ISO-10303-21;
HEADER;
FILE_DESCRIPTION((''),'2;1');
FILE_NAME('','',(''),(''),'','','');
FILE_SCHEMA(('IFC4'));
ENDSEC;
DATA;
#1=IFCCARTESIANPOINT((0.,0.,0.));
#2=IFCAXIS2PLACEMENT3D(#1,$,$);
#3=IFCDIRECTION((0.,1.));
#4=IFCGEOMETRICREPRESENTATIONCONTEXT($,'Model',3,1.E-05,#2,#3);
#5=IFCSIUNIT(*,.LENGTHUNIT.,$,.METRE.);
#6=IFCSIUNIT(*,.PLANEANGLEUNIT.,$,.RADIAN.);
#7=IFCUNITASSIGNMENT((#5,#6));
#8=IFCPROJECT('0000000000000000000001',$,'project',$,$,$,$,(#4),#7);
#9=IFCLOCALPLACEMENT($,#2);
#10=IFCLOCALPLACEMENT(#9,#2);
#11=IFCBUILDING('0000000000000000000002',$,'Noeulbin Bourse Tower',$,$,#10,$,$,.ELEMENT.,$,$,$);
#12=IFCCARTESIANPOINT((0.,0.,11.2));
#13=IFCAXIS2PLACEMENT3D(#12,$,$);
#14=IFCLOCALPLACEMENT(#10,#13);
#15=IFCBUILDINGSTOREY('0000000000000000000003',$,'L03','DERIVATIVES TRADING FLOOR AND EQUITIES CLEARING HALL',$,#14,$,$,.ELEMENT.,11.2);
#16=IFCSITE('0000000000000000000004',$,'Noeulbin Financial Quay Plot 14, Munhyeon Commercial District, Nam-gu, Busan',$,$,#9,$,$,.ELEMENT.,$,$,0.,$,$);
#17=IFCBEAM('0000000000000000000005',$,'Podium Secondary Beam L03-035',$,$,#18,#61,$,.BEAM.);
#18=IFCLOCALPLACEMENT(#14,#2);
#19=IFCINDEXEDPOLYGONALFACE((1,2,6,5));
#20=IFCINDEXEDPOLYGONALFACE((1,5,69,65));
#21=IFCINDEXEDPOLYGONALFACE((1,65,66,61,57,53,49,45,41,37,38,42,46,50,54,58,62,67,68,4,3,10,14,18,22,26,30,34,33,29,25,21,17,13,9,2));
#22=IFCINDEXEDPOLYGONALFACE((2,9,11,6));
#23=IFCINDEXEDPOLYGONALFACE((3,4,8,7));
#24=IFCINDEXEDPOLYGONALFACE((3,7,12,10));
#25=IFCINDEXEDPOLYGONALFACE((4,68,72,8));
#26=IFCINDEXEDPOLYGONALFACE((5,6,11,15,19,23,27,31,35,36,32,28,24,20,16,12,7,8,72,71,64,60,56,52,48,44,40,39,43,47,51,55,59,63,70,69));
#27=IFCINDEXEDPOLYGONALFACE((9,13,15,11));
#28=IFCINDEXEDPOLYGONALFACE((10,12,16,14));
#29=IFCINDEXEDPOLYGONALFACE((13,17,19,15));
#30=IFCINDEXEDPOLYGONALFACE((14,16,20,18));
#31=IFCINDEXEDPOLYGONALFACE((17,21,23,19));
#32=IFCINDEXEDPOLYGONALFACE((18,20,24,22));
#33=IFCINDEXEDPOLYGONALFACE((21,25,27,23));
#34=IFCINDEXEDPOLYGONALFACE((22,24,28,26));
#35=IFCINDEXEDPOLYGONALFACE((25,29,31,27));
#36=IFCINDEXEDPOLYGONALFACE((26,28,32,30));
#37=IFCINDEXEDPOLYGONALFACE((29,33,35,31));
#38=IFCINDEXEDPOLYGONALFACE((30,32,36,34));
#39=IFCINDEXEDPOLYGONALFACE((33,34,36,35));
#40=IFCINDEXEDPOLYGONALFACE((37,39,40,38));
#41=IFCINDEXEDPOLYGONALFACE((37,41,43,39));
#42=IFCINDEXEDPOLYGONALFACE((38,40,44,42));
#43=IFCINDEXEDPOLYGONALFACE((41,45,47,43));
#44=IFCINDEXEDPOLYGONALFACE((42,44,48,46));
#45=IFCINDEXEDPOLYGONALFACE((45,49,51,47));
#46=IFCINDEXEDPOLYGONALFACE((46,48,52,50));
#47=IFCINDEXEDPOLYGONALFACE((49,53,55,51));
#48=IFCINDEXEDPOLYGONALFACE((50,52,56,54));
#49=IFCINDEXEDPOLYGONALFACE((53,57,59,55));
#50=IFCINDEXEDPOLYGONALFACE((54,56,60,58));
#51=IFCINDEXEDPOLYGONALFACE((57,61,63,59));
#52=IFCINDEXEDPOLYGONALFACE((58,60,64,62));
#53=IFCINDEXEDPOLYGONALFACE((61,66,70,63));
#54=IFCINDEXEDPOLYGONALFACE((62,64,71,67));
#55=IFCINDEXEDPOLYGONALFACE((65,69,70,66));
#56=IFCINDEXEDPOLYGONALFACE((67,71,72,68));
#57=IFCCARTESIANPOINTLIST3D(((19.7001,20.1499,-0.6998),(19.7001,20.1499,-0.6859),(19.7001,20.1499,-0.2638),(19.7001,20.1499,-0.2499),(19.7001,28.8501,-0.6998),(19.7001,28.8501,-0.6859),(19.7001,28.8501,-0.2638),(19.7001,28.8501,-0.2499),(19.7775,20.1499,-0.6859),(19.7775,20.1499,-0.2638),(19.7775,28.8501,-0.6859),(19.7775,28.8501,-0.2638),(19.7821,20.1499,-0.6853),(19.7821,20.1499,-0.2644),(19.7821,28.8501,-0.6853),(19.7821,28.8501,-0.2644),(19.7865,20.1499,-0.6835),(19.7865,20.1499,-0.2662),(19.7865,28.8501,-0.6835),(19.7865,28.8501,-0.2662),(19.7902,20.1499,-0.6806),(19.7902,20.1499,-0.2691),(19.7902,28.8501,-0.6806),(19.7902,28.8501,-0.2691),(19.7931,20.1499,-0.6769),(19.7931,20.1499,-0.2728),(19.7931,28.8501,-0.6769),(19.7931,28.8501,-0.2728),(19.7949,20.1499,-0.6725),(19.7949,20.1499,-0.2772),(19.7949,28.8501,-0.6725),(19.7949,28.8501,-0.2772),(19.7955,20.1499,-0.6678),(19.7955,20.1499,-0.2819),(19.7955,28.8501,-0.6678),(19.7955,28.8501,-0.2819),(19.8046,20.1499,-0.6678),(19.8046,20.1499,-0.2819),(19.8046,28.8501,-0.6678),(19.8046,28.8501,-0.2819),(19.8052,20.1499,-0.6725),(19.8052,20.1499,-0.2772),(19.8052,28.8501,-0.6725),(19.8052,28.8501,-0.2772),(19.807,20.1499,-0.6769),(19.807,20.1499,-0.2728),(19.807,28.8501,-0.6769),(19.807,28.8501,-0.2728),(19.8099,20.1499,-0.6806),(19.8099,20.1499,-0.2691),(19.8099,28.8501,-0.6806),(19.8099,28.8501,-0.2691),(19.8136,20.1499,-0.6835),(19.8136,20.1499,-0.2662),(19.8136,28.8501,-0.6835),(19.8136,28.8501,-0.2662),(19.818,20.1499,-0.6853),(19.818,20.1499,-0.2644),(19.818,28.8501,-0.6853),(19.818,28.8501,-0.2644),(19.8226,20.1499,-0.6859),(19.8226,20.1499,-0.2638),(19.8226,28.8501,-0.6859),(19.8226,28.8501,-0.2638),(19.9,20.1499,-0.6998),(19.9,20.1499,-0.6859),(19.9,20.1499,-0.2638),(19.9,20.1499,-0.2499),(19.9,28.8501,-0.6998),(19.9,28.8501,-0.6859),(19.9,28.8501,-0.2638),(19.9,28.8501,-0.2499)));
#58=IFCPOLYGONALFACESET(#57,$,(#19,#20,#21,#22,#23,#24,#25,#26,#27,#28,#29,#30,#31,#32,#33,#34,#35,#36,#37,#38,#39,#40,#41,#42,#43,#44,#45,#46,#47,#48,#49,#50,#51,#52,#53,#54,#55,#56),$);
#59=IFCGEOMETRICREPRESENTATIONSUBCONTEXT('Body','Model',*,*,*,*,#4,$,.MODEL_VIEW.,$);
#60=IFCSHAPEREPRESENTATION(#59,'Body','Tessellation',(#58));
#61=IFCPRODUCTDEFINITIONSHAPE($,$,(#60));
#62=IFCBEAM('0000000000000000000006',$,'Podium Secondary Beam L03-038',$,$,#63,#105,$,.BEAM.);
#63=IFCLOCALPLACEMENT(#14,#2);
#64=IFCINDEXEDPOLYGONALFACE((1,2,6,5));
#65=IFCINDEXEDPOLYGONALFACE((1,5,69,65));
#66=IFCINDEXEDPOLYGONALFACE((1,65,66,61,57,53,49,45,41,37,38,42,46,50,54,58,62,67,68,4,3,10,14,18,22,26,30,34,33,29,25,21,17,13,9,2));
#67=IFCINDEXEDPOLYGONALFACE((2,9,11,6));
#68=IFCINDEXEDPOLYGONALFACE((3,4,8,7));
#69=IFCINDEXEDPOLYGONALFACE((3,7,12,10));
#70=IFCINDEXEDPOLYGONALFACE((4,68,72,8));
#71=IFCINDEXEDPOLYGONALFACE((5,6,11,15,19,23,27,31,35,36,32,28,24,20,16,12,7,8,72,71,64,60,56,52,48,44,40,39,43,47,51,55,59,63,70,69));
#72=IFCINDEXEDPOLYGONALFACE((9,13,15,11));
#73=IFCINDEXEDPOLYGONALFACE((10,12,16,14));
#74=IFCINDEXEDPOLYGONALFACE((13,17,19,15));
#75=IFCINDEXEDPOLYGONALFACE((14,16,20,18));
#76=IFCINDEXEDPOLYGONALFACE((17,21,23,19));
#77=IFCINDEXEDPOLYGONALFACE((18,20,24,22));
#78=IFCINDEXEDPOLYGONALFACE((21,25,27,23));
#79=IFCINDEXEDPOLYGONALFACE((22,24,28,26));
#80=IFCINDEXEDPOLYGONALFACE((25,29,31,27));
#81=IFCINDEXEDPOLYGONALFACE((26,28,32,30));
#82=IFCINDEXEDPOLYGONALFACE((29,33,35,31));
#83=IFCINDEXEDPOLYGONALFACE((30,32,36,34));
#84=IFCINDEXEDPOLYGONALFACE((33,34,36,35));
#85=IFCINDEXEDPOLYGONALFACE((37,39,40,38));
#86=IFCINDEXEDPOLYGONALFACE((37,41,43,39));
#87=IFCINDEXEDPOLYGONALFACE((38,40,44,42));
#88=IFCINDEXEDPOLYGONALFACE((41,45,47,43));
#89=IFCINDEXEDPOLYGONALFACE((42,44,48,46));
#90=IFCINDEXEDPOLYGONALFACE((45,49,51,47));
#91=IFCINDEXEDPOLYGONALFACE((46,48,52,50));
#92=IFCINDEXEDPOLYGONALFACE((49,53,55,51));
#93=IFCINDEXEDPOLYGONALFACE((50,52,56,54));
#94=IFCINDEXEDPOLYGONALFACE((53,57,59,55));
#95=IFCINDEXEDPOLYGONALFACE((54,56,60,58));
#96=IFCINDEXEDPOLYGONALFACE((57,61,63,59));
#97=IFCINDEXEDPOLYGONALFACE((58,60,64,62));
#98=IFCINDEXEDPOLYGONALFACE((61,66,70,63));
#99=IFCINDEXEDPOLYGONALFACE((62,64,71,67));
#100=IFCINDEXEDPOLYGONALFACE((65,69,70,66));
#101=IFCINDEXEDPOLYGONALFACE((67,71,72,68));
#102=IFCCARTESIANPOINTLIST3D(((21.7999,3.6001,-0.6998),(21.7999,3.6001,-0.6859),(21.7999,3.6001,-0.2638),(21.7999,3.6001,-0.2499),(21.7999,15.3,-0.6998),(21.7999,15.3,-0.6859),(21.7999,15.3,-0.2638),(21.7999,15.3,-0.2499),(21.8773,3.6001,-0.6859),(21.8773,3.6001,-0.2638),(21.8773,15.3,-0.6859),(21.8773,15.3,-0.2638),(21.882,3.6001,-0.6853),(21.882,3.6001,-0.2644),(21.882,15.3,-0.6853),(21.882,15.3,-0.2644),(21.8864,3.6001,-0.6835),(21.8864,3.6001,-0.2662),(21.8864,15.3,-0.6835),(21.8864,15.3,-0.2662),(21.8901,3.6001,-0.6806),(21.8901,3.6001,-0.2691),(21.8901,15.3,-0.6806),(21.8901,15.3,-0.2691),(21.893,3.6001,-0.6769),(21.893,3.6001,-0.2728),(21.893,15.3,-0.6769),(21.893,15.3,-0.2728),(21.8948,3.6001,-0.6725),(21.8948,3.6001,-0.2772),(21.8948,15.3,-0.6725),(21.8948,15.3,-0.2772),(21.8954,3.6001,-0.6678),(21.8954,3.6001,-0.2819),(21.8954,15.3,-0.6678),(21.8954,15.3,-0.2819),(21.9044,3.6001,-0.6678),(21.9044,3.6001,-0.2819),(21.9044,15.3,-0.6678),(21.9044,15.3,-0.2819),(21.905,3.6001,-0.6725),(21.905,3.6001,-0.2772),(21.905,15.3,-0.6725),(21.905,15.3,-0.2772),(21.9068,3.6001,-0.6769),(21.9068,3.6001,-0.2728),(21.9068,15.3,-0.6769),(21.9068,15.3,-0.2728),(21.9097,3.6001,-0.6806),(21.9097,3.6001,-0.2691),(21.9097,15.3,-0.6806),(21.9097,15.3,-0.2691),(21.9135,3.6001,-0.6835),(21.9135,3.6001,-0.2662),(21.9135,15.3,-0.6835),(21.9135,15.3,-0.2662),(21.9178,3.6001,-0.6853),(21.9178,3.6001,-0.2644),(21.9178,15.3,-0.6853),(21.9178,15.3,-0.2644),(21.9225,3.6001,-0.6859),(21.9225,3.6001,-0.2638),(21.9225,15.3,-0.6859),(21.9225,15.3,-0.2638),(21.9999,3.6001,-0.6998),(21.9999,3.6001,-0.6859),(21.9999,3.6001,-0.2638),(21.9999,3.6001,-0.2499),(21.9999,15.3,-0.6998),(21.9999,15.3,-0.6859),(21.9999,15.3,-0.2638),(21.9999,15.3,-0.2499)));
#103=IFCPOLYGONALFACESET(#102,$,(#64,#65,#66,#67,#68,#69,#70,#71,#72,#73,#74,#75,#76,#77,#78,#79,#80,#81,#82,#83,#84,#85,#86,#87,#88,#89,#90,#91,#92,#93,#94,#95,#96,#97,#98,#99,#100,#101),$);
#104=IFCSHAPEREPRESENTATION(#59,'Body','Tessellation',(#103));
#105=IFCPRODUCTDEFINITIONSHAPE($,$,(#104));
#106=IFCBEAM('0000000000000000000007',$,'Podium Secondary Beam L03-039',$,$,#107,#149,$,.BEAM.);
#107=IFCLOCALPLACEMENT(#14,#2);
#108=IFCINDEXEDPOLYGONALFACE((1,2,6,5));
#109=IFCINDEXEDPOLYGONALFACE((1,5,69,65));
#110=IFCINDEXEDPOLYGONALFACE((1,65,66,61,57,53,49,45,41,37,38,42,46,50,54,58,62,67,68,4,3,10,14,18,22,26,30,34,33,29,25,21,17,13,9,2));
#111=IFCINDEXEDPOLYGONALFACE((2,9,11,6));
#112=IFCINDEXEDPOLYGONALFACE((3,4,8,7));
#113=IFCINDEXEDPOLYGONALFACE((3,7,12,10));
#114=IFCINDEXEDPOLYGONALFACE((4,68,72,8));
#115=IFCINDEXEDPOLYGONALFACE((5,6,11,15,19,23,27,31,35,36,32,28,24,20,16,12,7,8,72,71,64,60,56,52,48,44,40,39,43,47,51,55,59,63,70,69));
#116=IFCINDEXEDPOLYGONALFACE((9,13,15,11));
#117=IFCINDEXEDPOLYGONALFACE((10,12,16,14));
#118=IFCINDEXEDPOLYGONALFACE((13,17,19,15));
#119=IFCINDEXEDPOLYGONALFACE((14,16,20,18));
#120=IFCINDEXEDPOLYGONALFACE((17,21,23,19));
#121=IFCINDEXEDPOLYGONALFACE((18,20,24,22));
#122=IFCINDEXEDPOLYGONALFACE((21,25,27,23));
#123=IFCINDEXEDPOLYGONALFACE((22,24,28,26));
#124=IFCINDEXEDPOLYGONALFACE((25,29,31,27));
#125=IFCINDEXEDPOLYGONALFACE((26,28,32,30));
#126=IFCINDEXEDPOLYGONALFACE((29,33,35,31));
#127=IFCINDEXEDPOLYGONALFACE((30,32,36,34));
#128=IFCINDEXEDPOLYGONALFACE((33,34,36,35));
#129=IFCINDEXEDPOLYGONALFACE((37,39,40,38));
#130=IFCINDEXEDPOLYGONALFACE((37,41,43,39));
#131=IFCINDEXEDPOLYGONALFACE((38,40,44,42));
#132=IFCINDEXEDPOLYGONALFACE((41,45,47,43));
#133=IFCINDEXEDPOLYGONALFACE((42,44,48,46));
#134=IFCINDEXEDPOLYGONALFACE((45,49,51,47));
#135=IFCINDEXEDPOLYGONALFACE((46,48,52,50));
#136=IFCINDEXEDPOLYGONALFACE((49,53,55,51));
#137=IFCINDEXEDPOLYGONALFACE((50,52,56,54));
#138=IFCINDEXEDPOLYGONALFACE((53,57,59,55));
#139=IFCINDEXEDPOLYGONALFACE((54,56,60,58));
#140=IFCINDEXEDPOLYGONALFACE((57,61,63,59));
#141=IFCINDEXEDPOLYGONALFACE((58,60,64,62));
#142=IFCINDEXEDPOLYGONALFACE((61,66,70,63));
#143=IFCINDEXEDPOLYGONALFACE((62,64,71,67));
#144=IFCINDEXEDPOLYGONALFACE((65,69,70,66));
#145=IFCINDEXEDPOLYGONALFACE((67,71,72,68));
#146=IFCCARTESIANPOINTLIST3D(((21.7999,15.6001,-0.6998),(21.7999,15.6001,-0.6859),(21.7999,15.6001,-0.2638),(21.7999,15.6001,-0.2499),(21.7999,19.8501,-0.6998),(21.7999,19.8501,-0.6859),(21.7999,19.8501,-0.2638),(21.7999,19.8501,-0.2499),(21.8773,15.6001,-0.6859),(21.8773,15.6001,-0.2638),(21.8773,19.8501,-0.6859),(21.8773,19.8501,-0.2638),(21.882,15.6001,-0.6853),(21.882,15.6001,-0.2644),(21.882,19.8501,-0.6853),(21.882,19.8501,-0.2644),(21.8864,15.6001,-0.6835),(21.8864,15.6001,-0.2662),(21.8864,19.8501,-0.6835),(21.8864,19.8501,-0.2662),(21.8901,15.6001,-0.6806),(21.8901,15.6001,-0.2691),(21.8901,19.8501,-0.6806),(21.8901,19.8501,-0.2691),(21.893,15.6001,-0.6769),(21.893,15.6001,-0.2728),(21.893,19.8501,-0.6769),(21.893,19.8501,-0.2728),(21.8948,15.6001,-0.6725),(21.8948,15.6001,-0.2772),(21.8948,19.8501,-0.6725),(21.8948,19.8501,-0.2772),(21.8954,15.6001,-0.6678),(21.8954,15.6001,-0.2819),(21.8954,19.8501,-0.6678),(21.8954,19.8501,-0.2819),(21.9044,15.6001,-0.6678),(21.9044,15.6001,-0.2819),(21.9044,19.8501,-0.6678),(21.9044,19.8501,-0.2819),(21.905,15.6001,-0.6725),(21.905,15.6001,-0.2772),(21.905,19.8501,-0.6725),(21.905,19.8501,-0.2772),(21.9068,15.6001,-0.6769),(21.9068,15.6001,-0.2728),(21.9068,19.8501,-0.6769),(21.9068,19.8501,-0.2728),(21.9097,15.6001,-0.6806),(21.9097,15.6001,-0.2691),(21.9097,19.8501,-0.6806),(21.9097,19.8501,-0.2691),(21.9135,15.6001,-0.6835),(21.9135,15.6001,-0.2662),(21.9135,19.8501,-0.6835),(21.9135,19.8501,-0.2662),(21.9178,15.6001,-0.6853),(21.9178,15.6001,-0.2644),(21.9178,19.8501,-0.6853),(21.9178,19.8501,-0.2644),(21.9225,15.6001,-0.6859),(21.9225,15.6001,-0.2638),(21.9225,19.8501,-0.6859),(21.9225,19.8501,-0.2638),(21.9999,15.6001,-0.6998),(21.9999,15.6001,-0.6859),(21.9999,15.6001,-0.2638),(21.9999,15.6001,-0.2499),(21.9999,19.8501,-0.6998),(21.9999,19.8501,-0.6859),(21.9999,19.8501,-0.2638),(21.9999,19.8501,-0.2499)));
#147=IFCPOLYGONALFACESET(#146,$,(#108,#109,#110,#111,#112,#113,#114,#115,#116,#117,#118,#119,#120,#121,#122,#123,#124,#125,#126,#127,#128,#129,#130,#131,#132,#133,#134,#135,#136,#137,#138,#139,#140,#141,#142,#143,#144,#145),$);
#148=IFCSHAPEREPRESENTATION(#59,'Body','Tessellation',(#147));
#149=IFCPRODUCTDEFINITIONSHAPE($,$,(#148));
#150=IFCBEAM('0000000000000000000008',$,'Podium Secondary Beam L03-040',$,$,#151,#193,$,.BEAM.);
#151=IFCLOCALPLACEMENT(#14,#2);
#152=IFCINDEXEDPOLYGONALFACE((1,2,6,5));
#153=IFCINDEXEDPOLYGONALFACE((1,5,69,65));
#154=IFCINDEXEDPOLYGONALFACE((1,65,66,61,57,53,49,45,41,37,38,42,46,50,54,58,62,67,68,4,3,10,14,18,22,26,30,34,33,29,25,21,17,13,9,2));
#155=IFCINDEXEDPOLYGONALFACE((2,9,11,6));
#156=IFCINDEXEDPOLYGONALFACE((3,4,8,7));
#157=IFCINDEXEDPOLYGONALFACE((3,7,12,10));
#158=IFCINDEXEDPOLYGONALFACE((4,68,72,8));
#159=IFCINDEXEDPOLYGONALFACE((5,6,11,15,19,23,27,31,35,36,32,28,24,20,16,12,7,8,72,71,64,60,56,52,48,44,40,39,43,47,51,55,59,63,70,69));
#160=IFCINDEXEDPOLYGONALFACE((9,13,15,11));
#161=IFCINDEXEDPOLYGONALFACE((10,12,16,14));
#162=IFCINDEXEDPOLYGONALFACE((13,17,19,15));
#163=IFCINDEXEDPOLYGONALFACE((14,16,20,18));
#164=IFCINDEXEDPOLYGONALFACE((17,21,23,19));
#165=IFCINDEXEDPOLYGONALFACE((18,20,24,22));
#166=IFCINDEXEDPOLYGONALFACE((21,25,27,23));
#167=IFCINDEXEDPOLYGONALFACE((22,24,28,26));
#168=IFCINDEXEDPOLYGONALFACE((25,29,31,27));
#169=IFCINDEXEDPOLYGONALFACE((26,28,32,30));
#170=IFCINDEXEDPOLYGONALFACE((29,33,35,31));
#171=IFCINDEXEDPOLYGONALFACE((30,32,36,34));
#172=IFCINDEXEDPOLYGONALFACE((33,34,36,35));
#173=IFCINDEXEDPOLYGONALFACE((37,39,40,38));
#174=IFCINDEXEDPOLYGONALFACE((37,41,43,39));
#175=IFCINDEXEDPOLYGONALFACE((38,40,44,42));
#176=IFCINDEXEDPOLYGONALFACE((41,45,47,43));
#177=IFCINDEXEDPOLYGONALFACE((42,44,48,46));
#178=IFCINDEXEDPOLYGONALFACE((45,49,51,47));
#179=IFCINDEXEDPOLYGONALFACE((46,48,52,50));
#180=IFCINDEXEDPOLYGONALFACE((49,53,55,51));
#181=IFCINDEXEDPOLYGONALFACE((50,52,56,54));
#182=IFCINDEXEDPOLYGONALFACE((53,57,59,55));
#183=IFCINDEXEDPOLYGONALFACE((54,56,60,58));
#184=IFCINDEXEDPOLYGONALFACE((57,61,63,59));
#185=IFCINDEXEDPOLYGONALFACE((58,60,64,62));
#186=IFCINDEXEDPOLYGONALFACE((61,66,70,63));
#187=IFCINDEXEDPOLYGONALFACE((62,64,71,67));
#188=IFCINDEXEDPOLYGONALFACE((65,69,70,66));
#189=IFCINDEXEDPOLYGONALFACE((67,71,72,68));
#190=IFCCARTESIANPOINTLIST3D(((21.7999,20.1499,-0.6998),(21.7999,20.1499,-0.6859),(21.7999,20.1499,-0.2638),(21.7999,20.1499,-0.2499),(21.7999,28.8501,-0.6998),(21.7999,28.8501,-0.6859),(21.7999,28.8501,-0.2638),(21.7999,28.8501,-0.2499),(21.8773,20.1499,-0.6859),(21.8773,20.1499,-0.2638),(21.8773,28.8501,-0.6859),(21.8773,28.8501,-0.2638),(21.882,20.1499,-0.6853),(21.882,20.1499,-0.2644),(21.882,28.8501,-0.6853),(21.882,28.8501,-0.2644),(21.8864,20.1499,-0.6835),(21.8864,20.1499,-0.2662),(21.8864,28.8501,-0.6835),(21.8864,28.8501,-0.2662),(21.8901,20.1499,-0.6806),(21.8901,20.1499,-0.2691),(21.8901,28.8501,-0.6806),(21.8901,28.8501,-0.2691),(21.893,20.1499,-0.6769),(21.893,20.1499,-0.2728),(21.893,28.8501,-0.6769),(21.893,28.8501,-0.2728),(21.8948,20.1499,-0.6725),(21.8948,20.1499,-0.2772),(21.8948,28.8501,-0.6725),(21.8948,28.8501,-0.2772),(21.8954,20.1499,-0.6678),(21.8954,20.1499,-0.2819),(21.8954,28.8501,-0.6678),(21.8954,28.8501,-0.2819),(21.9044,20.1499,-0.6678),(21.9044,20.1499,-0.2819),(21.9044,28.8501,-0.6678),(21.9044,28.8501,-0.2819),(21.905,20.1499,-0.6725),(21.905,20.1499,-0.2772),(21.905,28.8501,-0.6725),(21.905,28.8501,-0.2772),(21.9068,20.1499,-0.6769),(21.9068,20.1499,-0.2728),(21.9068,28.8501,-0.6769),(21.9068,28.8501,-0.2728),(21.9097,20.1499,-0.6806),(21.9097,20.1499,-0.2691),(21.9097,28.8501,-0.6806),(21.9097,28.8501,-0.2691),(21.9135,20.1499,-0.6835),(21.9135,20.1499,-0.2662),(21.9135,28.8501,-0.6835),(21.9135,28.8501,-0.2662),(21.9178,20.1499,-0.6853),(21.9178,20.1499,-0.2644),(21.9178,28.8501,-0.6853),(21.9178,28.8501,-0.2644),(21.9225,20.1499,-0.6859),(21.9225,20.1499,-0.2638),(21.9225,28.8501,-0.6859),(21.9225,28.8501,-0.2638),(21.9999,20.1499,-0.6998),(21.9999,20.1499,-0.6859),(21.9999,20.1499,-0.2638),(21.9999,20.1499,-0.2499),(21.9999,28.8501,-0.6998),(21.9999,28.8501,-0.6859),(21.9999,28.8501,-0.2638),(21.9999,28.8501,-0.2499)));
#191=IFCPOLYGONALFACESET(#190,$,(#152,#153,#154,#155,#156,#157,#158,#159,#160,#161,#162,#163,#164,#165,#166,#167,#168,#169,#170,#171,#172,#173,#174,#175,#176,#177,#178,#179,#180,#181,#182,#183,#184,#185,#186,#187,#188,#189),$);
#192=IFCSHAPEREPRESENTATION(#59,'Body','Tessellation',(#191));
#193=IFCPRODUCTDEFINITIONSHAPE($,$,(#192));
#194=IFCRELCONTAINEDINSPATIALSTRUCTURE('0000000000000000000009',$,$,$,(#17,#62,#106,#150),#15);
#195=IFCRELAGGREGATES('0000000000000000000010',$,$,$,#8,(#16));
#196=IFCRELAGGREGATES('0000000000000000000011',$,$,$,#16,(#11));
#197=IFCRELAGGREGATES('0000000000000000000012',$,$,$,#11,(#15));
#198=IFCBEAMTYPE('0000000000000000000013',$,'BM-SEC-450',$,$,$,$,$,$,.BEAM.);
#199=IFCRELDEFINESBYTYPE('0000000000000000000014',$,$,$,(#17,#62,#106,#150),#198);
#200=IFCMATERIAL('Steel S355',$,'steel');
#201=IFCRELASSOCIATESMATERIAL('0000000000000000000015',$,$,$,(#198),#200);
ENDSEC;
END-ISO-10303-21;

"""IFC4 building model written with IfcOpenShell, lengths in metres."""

from ifc_helpers import new_model, si_unit, direction, frame, origin, origin_2d, place, context, subcontext, project, spatial, i_section, extrude, material, material_profile, profile_set, type_object, element, save


model = new_model("IFC4")

# Units and contexts
model_context = context("Model", 3, precision=1e-05, world=origin(), true_north=direction((0.0, 1.0)))
body_context = subcontext(model_context, "Body", "Model", "MODEL_VIEW")
ifc_project = project(units=[si_unit("LENGTHUNIT", "METRE"), si_unit("PLANEANGLEUNIT", "RADIAN")], contexts=[model_context])

# Site, building, storey
site_placement = place(None, origin())
site = spatial("IfcSite", under=ifc_project, at=site_placement, Name="Noeulbin Financial Quay Plot 14, Munhyeon Commercial District, Nam-gu, Busan", CompositionType="ELEMENT", RefElevation=0.0)
building_placement = place(site_placement, origin())
building = spatial("IfcBuilding", under=site, at=building_placement, Name="Noeulbin Bourse Tower", CompositionType="ELEMENT")
storey_placement = place(building_placement, frame((0.0, 0.0, 11.2)))
storey = spatial("IfcBuildingStorey", under=building, at=storey_placement, Name="L03", Description="DERIVATIVES TRADING FLOOR AND EQUITIES CLEARING HALL", CompositionType="ELEMENT", Elevation=11.2)

# Beams
ifc_material_1 = material(Name="Steel S355", Category="steel")
ifc_material_profile_1 = material_profile(ifc_material_1, i_section(OverallWidth=0.2, OverallDepth=0.45, WebThickness=0.009, FlangeThickness=0.0139, FilletRadius=0.0181, at=origin_2d()), Name="H-450x200x9x14", Category="LoadBearing")
ifc_profile_set_1 = profile_set([ifc_material_profile_1], Name="Steel S355")
beam_type_1 = type_object("IfcBeamType", Name="BM-SEC-450", PredefinedType="BEAM", material=ifc_profile_set_1)
beam_1_placement = place(storey_placement, frame((19.8, 20.1499, -0.4749), z_axis=(0.0, 1.0, 0.0), x_axis=(-1.0, 0.0, 0.0)))
element("IfcBeam", 1, at=beam_1_placement, inside=storey, type_object=beam_type_1, Name="Podium Secondary Beam L03-035", PredefinedType="BEAM", context=body_context, shape_type="SweptSolid", body=[
    extrude(i_section(OverallWidth=0.2, OverallDepth=0.45, WebThickness=0.009, FlangeThickness=0.0139, FilletRadius=0.0181, at=origin_2d()), origin(), (0.0, 0.0, 1.0), 8.7002),
])
beam_2_placement = place(storey_placement, frame((21.8999, 3.6001, -0.4749), z_axis=(0.0, 1.0, 0.0), x_axis=(-1.0, 0.0, 0.0)))
element("IfcBeam", 2, at=beam_2_placement, inside=storey, type_object=beam_type_1, Name="Podium Secondary Beam L03-038", PredefinedType="BEAM", context=body_context, shape_type="SweptSolid", body=[
    extrude(i_section(OverallWidth=0.2, OverallDepth=0.45, WebThickness=0.009, FlangeThickness=0.0139, FilletRadius=0.0181, at=origin_2d()), origin(), (0.0, 0.0, 1.0), 11.7),
])
beam_3_placement = place(storey_placement, frame((21.8999, 15.6001, -0.4749), z_axis=(0.0, 1.0, 0.0), x_axis=(-1.0, 0.0, 0.0)))
element("IfcBeam", 3, at=beam_3_placement, inside=storey, type_object=beam_type_1, Name="Podium Secondary Beam L03-039", PredefinedType="BEAM", context=body_context, shape_type="SweptSolid", body=[
    extrude(i_section(OverallWidth=0.2, OverallDepth=0.45, WebThickness=0.009, FlangeThickness=0.0139, FilletRadius=0.0181, at=origin_2d()), origin(), (0.0, 0.0, 1.0), 4.25),
])
beam_4_placement = place(storey_placement, frame((21.8999, 20.1499, -0.4749), z_axis=(0.0, 1.0, 0.0), x_axis=(-1.0, 0.0, 0.0)))
element("IfcBeam", 4, at=beam_4_placement, inside=storey, type_object=beam_type_1, Name="Podium Secondary Beam L03-040", PredefinedType="BEAM", context=body_context, shape_type="SweptSolid", body=[
    extrude(i_section(OverallWidth=0.2, OverallDepth=0.45, WebThickness=0.009, FlangeThickness=0.0139, FilletRadius=0.0181, at=origin_2d()), origin(), (0.0, 0.0, 1.0), 8.7002),
])

save(model, "model.ifc")
